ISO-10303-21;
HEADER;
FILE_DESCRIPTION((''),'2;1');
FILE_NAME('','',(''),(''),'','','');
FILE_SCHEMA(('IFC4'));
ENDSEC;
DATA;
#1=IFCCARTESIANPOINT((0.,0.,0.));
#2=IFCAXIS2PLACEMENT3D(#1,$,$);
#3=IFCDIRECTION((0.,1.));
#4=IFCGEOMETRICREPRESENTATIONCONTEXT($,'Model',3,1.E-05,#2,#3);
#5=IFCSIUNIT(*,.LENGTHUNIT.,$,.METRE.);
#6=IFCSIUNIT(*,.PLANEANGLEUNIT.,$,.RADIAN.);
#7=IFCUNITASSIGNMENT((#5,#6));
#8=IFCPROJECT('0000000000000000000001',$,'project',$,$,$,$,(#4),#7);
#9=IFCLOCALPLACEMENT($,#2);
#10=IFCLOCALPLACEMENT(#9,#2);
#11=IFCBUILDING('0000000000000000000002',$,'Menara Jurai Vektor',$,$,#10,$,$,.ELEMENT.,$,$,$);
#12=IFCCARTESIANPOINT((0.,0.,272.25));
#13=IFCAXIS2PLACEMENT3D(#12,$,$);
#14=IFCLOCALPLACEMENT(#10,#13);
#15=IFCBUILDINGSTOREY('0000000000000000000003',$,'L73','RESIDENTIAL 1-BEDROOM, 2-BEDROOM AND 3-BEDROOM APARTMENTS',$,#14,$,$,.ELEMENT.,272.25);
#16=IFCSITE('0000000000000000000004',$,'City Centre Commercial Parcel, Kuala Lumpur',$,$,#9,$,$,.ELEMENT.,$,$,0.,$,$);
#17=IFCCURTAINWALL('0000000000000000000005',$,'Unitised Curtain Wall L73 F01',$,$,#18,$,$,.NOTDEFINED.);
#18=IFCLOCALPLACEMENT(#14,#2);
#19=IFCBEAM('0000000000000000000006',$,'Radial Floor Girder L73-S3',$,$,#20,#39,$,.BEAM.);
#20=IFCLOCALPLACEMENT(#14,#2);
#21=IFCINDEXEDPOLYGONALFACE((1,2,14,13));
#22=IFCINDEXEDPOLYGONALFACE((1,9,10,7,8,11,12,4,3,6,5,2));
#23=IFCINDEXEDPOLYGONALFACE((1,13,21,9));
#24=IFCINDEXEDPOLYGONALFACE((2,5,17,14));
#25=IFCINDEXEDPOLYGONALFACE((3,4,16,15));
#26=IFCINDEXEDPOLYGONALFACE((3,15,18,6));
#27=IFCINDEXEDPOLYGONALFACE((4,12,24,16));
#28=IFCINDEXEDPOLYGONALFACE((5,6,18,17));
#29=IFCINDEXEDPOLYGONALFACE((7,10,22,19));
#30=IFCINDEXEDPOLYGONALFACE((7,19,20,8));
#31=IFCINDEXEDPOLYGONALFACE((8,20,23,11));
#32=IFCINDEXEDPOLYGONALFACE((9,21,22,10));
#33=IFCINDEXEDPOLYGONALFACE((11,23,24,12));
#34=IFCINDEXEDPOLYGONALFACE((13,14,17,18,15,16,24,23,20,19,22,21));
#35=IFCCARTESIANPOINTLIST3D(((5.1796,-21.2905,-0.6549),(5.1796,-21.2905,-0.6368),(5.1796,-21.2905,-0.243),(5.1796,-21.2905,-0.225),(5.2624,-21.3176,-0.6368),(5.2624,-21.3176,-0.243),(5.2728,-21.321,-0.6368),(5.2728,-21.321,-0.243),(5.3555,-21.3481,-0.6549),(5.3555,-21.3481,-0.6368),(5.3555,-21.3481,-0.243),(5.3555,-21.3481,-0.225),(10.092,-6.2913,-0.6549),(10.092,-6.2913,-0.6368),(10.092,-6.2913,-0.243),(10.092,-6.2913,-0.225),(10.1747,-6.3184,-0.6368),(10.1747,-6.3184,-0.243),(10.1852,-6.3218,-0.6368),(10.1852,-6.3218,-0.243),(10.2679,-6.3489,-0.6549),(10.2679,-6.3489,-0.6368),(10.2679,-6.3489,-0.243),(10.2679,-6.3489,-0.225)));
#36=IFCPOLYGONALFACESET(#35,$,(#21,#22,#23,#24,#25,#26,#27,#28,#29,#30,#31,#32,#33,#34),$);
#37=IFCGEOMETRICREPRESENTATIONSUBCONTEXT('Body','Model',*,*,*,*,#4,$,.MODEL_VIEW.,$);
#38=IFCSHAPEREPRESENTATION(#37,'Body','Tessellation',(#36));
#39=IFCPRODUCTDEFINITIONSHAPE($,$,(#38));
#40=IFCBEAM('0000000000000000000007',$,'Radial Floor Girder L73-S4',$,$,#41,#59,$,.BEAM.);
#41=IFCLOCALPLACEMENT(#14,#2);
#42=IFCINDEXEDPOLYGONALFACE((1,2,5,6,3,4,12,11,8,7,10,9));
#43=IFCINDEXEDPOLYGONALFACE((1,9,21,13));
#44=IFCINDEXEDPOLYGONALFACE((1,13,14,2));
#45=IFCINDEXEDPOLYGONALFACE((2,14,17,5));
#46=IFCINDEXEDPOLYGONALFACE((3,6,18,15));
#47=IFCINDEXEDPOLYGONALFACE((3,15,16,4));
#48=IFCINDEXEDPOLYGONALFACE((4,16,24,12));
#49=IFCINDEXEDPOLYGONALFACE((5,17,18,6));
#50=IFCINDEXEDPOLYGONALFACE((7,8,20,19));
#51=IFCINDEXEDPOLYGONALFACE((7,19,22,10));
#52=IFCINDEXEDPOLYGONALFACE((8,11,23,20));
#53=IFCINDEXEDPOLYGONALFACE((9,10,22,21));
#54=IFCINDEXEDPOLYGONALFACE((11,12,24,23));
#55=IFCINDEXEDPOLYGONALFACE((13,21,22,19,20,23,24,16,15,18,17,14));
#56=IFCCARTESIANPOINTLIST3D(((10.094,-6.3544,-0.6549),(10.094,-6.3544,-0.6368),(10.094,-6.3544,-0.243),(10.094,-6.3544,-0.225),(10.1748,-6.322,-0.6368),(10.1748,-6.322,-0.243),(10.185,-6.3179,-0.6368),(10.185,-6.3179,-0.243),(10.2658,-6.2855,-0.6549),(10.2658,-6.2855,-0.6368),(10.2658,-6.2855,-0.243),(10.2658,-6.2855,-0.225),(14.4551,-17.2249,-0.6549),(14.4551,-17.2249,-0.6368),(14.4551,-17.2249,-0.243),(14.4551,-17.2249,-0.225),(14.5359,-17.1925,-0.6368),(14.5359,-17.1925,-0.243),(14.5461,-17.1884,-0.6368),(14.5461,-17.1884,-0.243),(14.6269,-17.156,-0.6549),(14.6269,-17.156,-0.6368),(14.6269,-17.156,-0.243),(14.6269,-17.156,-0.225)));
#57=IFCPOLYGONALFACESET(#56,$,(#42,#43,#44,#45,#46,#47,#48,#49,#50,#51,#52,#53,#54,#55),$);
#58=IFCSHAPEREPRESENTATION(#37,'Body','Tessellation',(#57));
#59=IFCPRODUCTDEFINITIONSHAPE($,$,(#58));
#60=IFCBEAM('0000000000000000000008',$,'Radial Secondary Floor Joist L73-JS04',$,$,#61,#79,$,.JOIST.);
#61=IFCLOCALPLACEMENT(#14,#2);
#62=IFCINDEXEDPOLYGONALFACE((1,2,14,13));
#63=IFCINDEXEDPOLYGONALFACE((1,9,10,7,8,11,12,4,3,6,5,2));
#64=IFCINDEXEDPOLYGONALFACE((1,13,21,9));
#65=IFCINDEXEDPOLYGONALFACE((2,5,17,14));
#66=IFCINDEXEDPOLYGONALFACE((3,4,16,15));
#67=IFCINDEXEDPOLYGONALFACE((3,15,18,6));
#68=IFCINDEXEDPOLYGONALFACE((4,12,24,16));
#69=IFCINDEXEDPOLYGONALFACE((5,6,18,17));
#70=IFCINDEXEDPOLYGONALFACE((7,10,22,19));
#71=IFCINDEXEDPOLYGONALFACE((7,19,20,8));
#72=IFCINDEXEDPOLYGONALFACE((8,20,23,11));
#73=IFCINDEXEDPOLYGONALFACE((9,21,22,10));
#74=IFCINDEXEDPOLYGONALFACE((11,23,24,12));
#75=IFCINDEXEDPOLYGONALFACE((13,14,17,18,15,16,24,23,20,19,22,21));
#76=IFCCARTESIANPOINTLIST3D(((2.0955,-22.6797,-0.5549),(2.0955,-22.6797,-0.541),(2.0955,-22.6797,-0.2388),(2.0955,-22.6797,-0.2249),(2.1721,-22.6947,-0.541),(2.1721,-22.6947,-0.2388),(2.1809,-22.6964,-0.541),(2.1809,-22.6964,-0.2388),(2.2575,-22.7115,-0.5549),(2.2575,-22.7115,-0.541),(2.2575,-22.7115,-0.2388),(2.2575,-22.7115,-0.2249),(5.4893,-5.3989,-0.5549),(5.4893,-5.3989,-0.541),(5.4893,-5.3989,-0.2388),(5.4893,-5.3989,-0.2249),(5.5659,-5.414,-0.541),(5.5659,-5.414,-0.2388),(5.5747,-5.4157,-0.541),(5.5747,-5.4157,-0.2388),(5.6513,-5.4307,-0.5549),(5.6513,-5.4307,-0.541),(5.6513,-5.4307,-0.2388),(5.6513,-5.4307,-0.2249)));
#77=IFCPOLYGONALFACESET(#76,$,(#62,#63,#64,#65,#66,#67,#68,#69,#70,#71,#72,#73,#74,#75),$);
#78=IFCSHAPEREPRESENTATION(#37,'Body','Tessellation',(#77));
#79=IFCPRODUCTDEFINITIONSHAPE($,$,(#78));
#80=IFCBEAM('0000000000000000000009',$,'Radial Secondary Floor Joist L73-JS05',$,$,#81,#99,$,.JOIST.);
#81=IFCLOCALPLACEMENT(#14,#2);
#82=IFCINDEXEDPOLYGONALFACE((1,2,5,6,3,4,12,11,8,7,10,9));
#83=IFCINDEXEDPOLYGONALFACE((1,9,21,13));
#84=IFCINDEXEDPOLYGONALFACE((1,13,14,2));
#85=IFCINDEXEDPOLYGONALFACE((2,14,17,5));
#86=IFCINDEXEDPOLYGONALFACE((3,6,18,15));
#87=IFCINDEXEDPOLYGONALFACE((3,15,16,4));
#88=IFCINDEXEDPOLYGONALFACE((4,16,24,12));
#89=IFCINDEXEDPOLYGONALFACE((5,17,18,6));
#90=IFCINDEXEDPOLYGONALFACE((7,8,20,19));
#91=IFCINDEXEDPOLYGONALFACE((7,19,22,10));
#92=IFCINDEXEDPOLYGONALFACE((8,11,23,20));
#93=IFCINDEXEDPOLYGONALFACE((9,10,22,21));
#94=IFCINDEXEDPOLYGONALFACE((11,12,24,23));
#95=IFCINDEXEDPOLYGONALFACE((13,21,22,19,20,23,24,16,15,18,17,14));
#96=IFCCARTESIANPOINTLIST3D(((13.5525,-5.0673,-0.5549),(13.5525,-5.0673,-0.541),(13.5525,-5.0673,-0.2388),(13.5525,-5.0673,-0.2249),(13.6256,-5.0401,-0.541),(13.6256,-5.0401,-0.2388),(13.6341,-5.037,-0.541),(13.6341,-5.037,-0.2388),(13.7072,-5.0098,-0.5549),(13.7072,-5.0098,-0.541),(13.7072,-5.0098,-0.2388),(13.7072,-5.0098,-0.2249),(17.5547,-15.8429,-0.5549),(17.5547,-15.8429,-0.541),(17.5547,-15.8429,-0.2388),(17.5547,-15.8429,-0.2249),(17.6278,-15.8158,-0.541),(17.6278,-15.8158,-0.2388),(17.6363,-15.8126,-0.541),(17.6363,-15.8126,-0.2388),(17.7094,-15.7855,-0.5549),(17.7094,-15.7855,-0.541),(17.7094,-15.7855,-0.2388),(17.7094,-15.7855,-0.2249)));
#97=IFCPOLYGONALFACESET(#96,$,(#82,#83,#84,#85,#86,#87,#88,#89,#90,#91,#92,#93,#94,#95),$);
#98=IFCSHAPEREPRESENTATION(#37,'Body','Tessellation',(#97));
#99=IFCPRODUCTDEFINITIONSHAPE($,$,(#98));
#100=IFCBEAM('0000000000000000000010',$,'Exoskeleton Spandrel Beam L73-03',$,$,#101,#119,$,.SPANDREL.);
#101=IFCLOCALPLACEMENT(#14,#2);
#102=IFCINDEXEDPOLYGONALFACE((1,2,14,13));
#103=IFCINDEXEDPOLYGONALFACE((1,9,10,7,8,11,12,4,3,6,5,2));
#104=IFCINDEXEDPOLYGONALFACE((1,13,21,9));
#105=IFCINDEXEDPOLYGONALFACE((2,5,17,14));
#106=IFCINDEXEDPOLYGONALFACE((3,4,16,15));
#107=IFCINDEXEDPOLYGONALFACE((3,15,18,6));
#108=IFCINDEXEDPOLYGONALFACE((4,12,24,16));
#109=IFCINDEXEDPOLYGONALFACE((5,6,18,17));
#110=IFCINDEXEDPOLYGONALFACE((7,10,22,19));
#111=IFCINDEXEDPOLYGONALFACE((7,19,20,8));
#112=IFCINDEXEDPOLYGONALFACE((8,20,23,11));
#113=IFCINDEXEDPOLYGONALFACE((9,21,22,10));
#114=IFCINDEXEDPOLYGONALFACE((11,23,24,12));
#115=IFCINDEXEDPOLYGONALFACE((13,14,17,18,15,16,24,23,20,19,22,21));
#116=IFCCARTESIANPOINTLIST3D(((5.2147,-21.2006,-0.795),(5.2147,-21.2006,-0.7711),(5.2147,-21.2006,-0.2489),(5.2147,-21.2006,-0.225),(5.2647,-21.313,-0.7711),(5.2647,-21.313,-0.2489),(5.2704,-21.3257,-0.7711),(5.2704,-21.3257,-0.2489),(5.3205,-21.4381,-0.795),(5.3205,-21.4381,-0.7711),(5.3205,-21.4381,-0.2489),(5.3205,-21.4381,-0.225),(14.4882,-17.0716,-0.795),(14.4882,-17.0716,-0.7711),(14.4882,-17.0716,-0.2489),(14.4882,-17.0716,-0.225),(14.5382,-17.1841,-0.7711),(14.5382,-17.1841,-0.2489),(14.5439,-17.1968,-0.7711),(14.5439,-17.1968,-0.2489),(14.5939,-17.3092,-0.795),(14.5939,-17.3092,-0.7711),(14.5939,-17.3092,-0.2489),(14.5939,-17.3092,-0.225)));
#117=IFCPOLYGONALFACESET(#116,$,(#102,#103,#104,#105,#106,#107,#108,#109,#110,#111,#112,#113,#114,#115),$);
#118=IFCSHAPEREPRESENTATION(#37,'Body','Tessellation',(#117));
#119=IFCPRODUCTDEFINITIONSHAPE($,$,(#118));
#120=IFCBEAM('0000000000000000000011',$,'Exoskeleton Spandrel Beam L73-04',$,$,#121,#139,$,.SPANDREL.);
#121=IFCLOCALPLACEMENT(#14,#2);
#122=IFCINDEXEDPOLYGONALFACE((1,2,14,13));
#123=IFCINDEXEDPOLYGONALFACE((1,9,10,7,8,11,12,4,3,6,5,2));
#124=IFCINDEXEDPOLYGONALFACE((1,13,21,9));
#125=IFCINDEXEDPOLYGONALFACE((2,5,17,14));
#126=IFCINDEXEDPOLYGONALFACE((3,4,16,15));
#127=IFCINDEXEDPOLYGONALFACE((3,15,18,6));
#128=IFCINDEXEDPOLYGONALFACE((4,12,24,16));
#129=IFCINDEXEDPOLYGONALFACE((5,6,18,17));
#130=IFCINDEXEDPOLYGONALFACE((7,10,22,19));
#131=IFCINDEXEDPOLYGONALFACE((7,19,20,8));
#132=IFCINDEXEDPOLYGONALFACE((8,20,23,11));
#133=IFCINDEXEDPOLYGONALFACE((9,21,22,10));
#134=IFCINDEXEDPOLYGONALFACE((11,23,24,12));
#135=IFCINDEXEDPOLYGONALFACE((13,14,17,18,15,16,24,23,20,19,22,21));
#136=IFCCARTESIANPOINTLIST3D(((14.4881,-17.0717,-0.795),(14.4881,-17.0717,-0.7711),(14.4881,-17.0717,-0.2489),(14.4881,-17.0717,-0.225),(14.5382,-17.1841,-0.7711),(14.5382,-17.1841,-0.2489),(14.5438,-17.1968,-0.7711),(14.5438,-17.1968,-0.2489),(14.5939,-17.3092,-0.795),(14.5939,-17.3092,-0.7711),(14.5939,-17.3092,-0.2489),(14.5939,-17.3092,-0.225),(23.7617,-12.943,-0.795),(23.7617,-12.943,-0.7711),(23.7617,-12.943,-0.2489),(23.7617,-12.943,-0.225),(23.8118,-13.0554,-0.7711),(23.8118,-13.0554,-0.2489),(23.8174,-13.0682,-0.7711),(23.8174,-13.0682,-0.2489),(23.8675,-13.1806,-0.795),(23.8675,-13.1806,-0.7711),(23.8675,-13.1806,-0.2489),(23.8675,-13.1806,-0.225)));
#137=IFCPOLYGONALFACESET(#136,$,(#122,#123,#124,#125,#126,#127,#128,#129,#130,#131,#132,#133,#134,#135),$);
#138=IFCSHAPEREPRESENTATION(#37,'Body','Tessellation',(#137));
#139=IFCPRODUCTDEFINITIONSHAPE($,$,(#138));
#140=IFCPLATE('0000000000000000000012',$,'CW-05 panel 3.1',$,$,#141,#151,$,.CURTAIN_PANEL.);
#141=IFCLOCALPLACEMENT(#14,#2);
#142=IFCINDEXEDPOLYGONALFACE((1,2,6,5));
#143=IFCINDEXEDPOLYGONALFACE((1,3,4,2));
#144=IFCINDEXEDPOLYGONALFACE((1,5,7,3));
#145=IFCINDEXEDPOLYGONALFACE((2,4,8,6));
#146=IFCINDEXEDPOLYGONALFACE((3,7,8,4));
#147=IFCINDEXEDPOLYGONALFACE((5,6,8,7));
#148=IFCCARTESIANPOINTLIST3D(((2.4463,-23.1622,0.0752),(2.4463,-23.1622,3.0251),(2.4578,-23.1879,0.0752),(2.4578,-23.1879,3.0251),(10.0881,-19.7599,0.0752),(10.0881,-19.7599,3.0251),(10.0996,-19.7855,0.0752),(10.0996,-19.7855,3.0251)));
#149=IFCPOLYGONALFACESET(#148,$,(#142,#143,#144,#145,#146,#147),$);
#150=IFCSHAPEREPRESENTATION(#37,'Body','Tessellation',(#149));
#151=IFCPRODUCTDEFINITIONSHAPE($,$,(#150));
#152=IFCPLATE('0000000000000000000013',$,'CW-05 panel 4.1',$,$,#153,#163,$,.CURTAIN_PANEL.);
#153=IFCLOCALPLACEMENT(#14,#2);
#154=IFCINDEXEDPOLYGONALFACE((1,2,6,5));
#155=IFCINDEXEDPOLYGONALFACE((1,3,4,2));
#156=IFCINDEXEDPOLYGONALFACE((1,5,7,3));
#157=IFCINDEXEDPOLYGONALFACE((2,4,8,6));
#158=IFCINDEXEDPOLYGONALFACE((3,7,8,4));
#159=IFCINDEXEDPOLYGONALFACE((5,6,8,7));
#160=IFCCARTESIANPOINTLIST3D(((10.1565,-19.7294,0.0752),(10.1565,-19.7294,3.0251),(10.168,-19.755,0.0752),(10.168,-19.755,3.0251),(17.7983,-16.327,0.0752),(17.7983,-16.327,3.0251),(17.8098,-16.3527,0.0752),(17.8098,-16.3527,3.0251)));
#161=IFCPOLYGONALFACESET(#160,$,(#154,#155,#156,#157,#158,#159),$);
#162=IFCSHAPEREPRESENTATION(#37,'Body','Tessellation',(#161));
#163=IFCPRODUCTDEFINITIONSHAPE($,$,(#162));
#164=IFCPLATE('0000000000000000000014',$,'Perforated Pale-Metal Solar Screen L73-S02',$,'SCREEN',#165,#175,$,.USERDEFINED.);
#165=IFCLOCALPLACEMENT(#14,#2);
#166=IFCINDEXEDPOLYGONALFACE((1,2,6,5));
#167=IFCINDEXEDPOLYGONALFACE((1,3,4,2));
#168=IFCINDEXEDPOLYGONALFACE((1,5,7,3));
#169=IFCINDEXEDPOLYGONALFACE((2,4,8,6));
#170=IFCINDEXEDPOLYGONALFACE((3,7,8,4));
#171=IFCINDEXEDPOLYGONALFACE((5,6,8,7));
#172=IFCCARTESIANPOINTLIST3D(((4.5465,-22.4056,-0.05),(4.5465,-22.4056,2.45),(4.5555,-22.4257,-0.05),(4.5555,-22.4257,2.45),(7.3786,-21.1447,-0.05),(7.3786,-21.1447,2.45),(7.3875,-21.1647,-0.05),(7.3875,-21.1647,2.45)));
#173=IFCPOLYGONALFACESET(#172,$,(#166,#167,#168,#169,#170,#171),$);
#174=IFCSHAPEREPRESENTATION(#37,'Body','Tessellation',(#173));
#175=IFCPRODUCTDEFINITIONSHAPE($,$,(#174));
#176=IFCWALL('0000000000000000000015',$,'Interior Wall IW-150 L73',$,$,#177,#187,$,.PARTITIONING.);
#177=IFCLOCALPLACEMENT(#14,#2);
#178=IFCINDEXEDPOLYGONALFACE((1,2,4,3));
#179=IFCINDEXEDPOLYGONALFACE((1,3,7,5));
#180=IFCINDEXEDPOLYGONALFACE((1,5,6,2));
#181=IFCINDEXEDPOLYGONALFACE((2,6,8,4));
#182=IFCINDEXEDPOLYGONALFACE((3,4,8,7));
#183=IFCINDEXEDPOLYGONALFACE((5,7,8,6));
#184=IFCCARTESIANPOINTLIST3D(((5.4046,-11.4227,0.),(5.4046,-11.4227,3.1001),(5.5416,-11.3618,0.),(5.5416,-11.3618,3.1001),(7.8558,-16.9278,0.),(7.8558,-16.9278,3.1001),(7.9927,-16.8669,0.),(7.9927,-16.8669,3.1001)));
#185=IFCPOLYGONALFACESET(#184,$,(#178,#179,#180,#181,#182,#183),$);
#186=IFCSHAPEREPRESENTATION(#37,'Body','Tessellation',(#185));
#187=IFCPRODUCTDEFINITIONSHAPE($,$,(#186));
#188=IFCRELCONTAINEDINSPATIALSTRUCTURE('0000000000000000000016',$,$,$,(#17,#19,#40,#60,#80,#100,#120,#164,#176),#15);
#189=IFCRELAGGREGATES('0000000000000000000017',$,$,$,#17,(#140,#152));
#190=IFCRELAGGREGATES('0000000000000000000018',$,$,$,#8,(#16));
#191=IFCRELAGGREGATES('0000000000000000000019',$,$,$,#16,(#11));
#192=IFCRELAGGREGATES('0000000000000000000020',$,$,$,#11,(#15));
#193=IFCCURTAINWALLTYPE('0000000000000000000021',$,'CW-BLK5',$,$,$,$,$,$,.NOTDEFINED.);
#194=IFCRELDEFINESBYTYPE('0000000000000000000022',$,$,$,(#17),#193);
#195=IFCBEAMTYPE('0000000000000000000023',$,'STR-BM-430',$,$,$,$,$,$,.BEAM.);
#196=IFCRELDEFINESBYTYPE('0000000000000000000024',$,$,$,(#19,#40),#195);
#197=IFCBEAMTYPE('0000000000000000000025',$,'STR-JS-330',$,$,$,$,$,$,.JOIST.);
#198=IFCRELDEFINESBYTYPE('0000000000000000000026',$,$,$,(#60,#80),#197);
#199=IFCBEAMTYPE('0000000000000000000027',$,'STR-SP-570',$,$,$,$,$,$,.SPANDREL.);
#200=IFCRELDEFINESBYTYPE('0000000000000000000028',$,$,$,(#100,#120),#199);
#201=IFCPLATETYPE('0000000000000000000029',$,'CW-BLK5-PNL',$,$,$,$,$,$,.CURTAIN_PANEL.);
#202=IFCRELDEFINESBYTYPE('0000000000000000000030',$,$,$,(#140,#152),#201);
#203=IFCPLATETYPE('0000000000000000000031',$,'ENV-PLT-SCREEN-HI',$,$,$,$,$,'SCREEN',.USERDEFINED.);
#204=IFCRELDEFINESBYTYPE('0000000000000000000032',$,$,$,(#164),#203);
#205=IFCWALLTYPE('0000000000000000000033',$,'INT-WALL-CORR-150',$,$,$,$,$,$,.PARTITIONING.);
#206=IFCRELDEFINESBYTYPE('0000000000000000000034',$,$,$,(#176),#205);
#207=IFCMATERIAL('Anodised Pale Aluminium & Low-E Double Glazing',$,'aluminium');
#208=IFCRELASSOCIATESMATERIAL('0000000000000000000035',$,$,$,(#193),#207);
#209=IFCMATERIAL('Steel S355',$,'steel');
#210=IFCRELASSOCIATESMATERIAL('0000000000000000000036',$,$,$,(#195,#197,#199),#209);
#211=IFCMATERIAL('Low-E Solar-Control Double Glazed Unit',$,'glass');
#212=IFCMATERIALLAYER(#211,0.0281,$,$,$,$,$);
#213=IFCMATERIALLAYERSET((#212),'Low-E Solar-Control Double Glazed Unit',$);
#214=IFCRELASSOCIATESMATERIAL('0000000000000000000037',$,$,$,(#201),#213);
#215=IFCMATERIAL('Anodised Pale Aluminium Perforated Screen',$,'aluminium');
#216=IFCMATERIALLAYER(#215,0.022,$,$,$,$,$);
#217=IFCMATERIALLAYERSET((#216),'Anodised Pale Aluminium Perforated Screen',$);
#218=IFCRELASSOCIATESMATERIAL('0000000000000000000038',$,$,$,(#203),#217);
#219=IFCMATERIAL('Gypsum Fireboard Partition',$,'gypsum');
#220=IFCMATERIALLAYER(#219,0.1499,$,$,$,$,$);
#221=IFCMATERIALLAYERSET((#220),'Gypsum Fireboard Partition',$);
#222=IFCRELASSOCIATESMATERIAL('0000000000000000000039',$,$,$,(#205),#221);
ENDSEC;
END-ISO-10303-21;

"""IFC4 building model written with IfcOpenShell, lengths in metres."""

from ifc_helpers import new_model, si_unit, direction, frame, frame_2d, origin, origin_2d, place, context, subcontext, project, spatial, rectangle, i_section, extrude, material, layer, layer_set, material_profile, profile_set, type_object, element, aggregate, save


model = new_model("IFC4")

# Units and contexts
model_context = context("Model", 3, precision=1e-05, world=origin(), true_north=direction((0.0, 1.0)))
body_context = subcontext(model_context, "Body", "Model", "MODEL_VIEW")
ifc_project = project(units=[si_unit("LENGTHUNIT", "METRE"), si_unit("PLANEANGLEUNIT", "RADIAN")], contexts=[model_context])

# Site, building, storey
site_placement = place(None, origin())
site = spatial("IfcSite", under=ifc_project, at=site_placement, Name="City Centre Commercial Parcel, Kuala Lumpur", CompositionType="ELEMENT", RefElevation=0.0)
building_placement = place(site_placement, origin())
building = spatial("IfcBuilding", under=site, at=building_placement, Name="Menara Jurai Vektor", CompositionType="ELEMENT")
storey_placement = place(building_placement, frame((0.0, 0.0, 272.25)))
storey = spatial("IfcBuildingStorey", under=building, at=storey_placement, Name="L73", Description="RESIDENTIAL 1-BEDROOM, 2-BEDROOM AND 3-BEDROOM APARTMENTS", CompositionType="ELEMENT", Elevation=272.25)

# Curtain wall
ifc_material_1 = material(Name="Anodised Pale Aluminium & Low-E Double Glazing", Category="aluminium")
curtain_wall_type = type_object("IfcCurtainWallType", Name="CW-BLK5", PredefinedType="NOTDEFINED", material=ifc_material_1)
curtain_wall_placement = place(storey_placement, origin())
curtain_wall = element("IfcCurtainWall", 1, at=curtain_wall_placement, inside=storey, type_object=curtain_wall_type, Name="Unitised Curtain Wall L73 F01", PredefinedType="NOTDEFINED")

# Beams
ifc_material_2 = material(Name="Steel S355", Category="steel")
ifc_material_profile_1 = material_profile(ifc_material_2, i_section(OverallWidth=0.1851, OverallDepth=0.4299, WebThickness=0.011, FlangeThickness=0.0181, at=origin_2d()), Name="PG 430x185x76")
ifc_profile_set_1 = profile_set([ifc_material_profile_1], Name="Steel S355")
beam_type_1 = type_object("IfcBeamType", Name="STR-BM-430", PredefinedType="BEAM", material=ifc_profile_set_1)
beam_1_placement = place(storey_placement, frame((5.2676, -21.3193, -0.4399), z_axis=(0.311239, 0.950332, 0.0), x_axis=(-0.950332, 0.311239, 0.0)))
element("IfcBeam", 2, at=beam_1_placement, inside=storey, type_object=beam_type_1, Name="Radial Floor Girder L73-S3", PredefinedType="BEAM", context=body_context, shape_type="SweptSolid", body=[
    extrude(i_section(OverallWidth=0.1851, OverallDepth=0.4299, WebThickness=0.011, FlangeThickness=0.0181, at=origin_2d()), origin(), (0.0, 0.0, 1.0), 15.7832),
])
beam_2_placement = place(storey_placement, frame((14.541, -17.1904, -0.4399), z_axis=(-0.372343, 0.928095, 0.0), x_axis=(-0.928095, -0.372343, 0.0)))
element("IfcBeam", 3, at=beam_2_placement, inside=storey, type_object=beam_type_1, Name="Radial Floor Girder L73-S4", PredefinedType="BEAM", context=body_context, shape_type="SweptSolid", body=[
    extrude(i_section(OverallWidth=0.1851, OverallDepth=0.4299, WebThickness=0.011, FlangeThickness=0.0181, at=origin_2d()), origin(), (0.0, 0.0, 1.0), 11.7126),
])
ifc_material_profile_2 = material_profile(ifc_material_2, i_section(OverallWidth=0.165, OverallDepth=0.3301, WebThickness=0.009, FlangeThickness=0.0139, at=origin_2d()), Name="PG 330x165x46")
ifc_profile_set_2 = profile_set([ifc_material_profile_2], Name="Steel S355")
beam_type_2 = type_object("IfcBeamType", Name="STR-JS-330", PredefinedType="JOIST", material=ifc_profile_set_2)
beam_3_placement = place(storey_placement, frame((2.1765, -22.6956, -0.3899), z_axis=(0.192711, 0.981256, 0.0), x_axis=(-0.981256, 0.192711, 0.0)))
element("IfcBeam", 4, at=beam_3_placement, inside=storey, type_object=beam_type_2, Name="Radial Secondary Floor Joist L73-JS04", PredefinedType="JOIST", context=body_context, shape_type="SweptSolid", body=[
    extrude(i_section(OverallWidth=0.165, OverallDepth=0.3301, WebThickness=0.009, FlangeThickness=0.0139, at=origin_2d()), origin(), (0.0, 0.0, 1.0), 17.6108),
])
beam_4_placement = place(storey_placement, frame((17.6321, -15.8142, -0.3899), z_axis=(-0.348173, 0.93743, 0.0), x_axis=(-0.93743, -0.348173, 0.0)))
element("IfcBeam", 5, at=beam_4_placement, inside=storey, type_object=beam_type_2, Name="Radial Secondary Floor Joist L73-JS05", PredefinedType="JOIST", context=body_context, shape_type="SweptSolid", body=[
    extrude(i_section(OverallWidth=0.165, OverallDepth=0.3301, WebThickness=0.009, FlangeThickness=0.0139, at=origin_2d()), origin(), (0.0, 0.0, 1.0), 11.4949),
])
ifc_material_profile_3 = material_profile(ifc_material_2, i_section(OverallWidth=0.26, OverallDepth=0.5701, WebThickness=0.0139, FlangeThickness=0.0239, at=origin_2d()), Name="PG 570x260x145")
ifc_profile_set_3 = profile_set([ifc_material_profile_3], Name="Steel S355")
beam_type_3 = type_object("IfcBeamType", Name="STR-SP-570", PredefinedType="SPANDREL", material=ifc_profile_set_3)
for number, where, z_axis, x_axis, name in (
    (6, (5.2676, -21.3193, -0.51), (0.913542, 0.406745, 0.0), (-0.406745, 0.913542, 0.0), "Exoskeleton Spandrel Beam L73-03"),
    (7, (14.541, -17.1904, -0.51), (0.913554, 0.406716, 0.0), (-0.406716, 0.913554, 0.0), "Exoskeleton Spandrel Beam L73-04"),
):
    element("IfcBeam", number, at=place(storey_placement, frame(where, z_axis=z_axis, x_axis=x_axis)), inside=storey, type_object=beam_type_3, Name=name, PredefinedType="SPANDREL", context=body_context, shape_type="SweptSolid", body=[
        extrude(i_section(OverallWidth=0.26, OverallDepth=0.5701, WebThickness=0.0139, FlangeThickness=0.0239, at=origin_2d()), origin(), (0.0, 0.0, 1.0), 10.1511),
    ])

# Plates
ifc_material_3 = material(Name="Low-E Solar-Control Double Glazed Unit", Category="glass")
ifc_layer_1 = layer(ifc_material_3, 0.0281)
ifc_layer_set_1 = layer_set([ifc_layer_1], Name="Low-E Solar-Control Double Glazed Unit")
plate_type_1 = type_object("IfcPlateType", Name="CW-BLK5-PNL", PredefinedType="CURTAIN_PANEL", material=ifc_layer_set_1)
plate_1_placement = place(storey_placement, frame((6.2729, -21.4739, 0.0752), z_axis=(0.0, 0.0, 1.0), x_axis=(0.913546, 0.406735, 0.0)))
plate_1 = element("IfcPlate", 8, at=plate_1_placement, type_object=plate_type_1, Name="CW-05 panel 3.1", PredefinedType="CURTAIN_PANEL", context=body_context, shape_type="SweptSolid", body=[
    extrude(rectangle(XDim=8.365, YDim=0.0281, at=origin_2d()), origin(), (0.0, 0.0, 1.0), 2.95),
])
plate_2_placement = place(storey_placement, frame((13.9832, -18.041, 0.0752), z_axis=(0.0, 0.0, 1.0), x_axis=(0.913546, 0.406735, 0.0)))
plate_2 = element("IfcPlate", 9, at=plate_2_placement, type_object=plate_type_1, Name="CW-05 panel 4.1", PredefinedType="CURTAIN_PANEL", context=body_context, shape_type="SweptSolid", body=[
    extrude(rectangle(XDim=8.365, YDim=0.0281, at=origin_2d()), origin(), (0.0, 0.0, 1.0), 2.95),
])
aggregate(curtain_wall, [plate_1, plate_2])
ifc_material_4 = material(Name="Anodised Pale Aluminium Perforated Screen", Category="aluminium")
ifc_layer_2 = layer(ifc_material_4, 0.022)
ifc_layer_set_2 = layer_set([ifc_layer_2], Name="Anodised Pale Aluminium Perforated Screen")
plate_type_2 = type_object("IfcPlateType", Name="ENV-PLT-SCREEN-HI", ElementType="SCREEN", PredefinedType="USERDEFINED", material=ifc_layer_set_2)
plate_3_placement = place(storey_placement, frame((5.967, -21.7852, -0.05), z_axis=(0.0, 0.0, 1.0), x_axis=(0.913545, 0.406737, 0.0)))
element("IfcPlate", 10, at=plate_3_placement, inside=storey, type_object=plate_type_2, Name="Perforated Pale-Metal Solar Screen L73-S02", ObjectType="SCREEN", PredefinedType="USERDEFINED", context=body_context, shape_type="SweptSolid", body=[
    extrude(rectangle(XDim=3.1001, YDim=0.022, at=origin_2d()), origin(), (0.0, 0.0, 1.0), 2.5),
])

# Shared definitions
ifc_material_5 = material(Name="Gypsum Fireboard Partition", Category="gypsum")
ifc_layer_3 = layer(ifc_material_5, 0.1499)
ifc_layer_set_3 = layer_set([ifc_layer_3], Name="Gypsum Fireboard Partition")
wall_type = type_object("IfcWallType", Name="INT-WALL-CORR-150", PredefinedType="PARTITIONING", material=ifc_layer_set_3)

# Wall
wall_1_placement = place(storey_placement, frame((7.9243, -16.8975, 0.0), z_axis=(0.0, 0.0, 1.0), x_axis=(-0.406755, 0.913537, 0.0)))
element("IfcWall", 11, at=wall_1_placement, inside=storey, type_object=wall_type, Name="Interior Wall IW-150 L73", PredefinedType="PARTITIONING", context=body_context, shape_type="SweptSolid", body=[
    extrude(rectangle(XDim=6.0261, YDim=0.1499, at=frame_2d((3.0132, 0.0))), origin(), (0.0, 0.0, 1.0), 3.1001),
])

save(model, "model.ifc")
